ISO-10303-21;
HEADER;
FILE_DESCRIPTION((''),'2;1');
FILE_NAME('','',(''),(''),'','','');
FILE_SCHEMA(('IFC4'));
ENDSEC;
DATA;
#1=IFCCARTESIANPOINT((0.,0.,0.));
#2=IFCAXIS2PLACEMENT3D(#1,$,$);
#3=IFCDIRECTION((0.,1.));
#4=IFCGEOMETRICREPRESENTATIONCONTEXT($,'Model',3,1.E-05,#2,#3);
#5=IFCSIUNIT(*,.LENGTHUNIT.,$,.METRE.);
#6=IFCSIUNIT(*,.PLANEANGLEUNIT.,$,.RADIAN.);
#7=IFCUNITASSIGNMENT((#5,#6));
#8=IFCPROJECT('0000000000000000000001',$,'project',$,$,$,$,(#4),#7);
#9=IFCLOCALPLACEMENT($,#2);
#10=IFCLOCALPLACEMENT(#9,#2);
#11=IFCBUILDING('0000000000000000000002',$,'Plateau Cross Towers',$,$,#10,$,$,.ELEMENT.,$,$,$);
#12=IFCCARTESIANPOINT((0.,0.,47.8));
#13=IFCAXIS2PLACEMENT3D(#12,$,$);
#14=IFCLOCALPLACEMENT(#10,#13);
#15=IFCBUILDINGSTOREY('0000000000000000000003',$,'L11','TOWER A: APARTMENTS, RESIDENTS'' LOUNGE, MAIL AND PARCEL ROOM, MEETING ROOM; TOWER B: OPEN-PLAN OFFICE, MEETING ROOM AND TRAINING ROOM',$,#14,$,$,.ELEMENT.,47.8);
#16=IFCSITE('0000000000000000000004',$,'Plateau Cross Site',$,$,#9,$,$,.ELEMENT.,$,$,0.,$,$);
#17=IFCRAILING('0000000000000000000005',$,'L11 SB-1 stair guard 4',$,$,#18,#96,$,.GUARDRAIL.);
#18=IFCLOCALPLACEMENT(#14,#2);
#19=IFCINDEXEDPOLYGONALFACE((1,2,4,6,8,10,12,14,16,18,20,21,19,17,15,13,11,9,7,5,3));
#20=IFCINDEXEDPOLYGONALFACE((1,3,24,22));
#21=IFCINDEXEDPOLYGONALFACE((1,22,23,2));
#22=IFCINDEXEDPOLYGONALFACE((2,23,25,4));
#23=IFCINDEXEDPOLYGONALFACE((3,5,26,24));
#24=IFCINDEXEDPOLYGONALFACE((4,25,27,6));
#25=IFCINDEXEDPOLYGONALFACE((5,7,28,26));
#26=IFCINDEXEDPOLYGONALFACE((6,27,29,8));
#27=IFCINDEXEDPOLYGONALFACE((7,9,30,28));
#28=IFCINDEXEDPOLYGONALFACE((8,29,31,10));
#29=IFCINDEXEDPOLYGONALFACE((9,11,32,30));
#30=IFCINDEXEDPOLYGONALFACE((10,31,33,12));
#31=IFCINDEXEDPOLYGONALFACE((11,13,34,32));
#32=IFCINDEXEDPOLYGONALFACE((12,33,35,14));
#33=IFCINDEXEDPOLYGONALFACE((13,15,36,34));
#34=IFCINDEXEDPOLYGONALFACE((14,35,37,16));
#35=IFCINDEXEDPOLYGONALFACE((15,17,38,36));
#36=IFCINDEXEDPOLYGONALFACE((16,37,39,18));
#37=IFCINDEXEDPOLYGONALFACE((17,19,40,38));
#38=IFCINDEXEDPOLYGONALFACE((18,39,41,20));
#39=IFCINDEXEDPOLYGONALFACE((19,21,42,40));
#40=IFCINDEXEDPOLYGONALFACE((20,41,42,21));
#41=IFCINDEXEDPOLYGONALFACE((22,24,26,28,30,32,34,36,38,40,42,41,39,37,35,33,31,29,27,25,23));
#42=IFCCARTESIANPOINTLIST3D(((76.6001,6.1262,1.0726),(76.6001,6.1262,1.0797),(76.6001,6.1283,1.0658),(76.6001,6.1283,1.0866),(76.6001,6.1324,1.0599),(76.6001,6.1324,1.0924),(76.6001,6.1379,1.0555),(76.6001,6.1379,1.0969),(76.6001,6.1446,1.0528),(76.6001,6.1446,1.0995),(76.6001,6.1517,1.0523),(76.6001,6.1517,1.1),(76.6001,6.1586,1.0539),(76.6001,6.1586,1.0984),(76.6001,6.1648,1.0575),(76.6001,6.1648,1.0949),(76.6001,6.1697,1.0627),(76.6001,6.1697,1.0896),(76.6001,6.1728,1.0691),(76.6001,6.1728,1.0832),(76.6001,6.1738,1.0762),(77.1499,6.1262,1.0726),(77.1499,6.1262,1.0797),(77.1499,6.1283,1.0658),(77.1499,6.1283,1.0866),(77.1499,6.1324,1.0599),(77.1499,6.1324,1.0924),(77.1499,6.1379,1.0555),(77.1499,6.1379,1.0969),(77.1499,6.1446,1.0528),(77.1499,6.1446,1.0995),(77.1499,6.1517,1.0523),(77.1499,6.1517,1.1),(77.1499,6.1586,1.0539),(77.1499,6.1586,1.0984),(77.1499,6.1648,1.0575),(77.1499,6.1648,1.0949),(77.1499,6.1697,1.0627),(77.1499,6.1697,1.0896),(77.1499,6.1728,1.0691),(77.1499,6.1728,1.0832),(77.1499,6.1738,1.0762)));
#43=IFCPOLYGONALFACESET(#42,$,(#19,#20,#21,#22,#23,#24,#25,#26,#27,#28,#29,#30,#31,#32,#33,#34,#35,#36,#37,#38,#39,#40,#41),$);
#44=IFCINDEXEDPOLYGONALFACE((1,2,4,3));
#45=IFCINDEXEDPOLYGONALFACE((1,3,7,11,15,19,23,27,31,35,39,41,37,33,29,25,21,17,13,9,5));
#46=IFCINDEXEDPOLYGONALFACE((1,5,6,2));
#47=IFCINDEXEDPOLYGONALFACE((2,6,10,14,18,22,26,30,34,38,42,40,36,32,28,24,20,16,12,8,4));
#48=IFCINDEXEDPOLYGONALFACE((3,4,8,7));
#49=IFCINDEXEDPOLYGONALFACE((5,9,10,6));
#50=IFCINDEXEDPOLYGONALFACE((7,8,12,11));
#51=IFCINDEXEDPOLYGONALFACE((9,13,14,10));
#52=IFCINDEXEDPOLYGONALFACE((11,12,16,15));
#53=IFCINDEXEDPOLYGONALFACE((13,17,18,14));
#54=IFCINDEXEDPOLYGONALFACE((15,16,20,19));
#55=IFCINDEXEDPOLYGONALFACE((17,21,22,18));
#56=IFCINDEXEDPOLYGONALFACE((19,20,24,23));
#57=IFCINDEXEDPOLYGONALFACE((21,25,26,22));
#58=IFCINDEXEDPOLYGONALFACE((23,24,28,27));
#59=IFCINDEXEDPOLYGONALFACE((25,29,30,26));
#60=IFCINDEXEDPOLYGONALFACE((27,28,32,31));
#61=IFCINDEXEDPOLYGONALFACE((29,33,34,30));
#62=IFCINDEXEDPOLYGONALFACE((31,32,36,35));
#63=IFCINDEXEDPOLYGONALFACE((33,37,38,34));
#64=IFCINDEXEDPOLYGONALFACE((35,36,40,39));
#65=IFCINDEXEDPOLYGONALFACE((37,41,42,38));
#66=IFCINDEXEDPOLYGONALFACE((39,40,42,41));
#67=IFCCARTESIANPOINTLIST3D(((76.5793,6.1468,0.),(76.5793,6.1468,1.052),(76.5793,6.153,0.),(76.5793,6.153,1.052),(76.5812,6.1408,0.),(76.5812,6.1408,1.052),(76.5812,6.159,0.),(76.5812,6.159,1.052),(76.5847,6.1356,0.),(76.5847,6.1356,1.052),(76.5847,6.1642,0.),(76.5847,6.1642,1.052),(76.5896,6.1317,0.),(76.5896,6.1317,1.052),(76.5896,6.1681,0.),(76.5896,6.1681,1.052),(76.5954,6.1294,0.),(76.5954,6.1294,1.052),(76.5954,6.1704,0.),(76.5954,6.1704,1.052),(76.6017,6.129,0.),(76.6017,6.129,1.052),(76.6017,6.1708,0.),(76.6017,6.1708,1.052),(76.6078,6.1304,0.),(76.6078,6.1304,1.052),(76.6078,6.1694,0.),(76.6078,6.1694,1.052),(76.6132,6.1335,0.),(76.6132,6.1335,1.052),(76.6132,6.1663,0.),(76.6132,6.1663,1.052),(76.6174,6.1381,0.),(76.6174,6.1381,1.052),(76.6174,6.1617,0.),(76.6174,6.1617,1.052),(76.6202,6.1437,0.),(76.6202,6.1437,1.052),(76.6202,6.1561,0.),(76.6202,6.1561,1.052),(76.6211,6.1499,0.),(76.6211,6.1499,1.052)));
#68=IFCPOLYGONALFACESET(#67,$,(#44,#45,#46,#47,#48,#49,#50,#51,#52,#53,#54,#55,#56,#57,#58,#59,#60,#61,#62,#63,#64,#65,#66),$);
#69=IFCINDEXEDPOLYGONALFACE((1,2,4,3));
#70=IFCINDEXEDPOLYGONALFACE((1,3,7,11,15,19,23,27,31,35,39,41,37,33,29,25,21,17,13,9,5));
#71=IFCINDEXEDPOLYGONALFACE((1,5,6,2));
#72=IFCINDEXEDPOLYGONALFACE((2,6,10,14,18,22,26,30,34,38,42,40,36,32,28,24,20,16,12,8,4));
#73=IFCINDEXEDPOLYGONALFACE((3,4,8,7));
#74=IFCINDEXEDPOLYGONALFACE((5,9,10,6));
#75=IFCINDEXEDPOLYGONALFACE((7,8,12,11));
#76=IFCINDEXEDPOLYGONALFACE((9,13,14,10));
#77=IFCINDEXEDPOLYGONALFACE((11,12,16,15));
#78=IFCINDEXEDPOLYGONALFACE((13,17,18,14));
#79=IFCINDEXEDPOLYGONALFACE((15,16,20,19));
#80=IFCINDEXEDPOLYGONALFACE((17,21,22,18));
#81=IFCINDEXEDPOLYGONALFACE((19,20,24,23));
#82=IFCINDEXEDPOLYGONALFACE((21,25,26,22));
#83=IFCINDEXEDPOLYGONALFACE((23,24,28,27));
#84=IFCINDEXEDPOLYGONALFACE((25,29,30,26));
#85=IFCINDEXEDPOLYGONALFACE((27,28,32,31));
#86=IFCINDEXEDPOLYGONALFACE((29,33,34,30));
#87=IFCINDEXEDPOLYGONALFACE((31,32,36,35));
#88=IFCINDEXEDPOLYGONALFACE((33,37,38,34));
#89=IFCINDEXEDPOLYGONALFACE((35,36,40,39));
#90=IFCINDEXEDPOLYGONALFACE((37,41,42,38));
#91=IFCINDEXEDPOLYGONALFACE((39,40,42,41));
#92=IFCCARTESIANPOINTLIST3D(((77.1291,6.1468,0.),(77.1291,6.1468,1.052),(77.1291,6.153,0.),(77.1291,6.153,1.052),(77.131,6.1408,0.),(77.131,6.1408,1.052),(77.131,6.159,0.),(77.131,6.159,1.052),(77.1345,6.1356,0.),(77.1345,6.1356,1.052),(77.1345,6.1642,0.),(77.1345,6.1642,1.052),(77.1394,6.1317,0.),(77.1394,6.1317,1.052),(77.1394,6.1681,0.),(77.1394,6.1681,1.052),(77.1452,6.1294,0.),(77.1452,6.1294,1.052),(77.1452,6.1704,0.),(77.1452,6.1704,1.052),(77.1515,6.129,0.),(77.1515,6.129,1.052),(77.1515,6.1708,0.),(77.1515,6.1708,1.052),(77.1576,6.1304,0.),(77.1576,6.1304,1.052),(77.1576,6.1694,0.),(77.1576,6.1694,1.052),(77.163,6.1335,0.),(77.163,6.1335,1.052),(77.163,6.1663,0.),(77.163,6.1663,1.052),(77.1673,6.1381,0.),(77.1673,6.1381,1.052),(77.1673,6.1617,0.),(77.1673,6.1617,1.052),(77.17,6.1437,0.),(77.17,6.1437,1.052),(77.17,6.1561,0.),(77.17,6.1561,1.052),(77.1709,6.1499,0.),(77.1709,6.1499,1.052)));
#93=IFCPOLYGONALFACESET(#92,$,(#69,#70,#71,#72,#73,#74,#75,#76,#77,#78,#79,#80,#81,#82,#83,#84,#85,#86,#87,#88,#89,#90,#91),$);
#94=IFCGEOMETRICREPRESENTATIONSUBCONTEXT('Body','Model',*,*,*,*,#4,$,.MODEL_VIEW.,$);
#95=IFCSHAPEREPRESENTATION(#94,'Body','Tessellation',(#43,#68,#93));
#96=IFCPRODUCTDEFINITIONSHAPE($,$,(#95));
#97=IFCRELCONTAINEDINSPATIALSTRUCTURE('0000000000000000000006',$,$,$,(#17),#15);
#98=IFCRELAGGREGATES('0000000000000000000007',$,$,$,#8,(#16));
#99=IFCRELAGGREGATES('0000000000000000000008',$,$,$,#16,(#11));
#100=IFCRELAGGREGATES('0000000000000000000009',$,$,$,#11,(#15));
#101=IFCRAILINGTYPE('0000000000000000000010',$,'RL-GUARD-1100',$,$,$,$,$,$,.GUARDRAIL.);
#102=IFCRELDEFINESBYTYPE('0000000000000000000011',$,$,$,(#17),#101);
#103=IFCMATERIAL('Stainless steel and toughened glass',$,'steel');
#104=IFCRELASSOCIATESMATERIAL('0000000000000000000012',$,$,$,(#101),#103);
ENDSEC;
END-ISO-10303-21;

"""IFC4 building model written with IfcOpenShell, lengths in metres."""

from ifc_helpers import new_model, si_unit, direction, frame, origin, origin_2d, place, context, subcontext, project, spatial, circle, extrude, material, type_object, element, save


model = new_model("IFC4")

# Units and contexts
model_context = context("Model", 3, precision=1e-05, world=origin(), true_north=direction((0.0, 1.0)))
body_context = subcontext(model_context, "Body", "Model", "MODEL_VIEW")
ifc_project = project(units=[si_unit("LENGTHUNIT", "METRE"), si_unit("PLANEANGLEUNIT", "RADIAN")], contexts=[model_context])

# Site, building, storey
site_placement = place(None, origin())
site = spatial("IfcSite", under=ifc_project, at=site_placement, Name="Plateau Cross Site", CompositionType="ELEMENT", RefElevation=0.0)
building_placement = place(site_placement, origin())
building = spatial("IfcBuilding", under=site, at=building_placement, Name="Plateau Cross Towers", CompositionType="ELEMENT")
storey_placement = place(building_placement, frame((0.0, 0.0, 47.8)))
storey = spatial("IfcBuildingStorey", under=building, at=storey_placement, Name="L11", Description="TOWER A: APARTMENTS, RESIDENTS' LOUNGE, MAIL AND PARCEL ROOM, MEETING ROOM; TOWER B: OPEN-PLAN OFFICE, MEETING ROOM AND TRAINING ROOM", CompositionType="ELEMENT", Elevation=47.8)

# Railing
ifc_material_1 = material(Name="Stainless steel and toughened glass", Category="steel")
railing_type_1 = type_object("IfcRailingType", Name="RL-GUARD-1100", PredefinedType="GUARDRAIL", material=ifc_material_1)
railing_1_placement = place(storey_placement, frame((76.6001, 6.1499, 0.0)))
element("IfcRailing", 1, at=railing_1_placement, inside=storey, type_object=railing_type_1, Name="L11 SB-1 stair guard 4", PredefinedType="GUARDRAIL", context=body_context, shape_type="SweptSolid", body=[
    extrude(circle(Radius=0.0239, at=origin_2d()), frame((0.0, 0.0, 1.0762), z_axis=(1.0, 0.0, 0.0), x_axis=(0.0, 1.0, 0.0)), (0.0, 0.0, 1.0), 0.5498),
    extrude(circle(Radius=0.021, at=origin_2d()), origin(), (0.0, 0.0, 1.0), 1.052),
    extrude(circle(Radius=0.021, at=origin_2d()), frame((0.5498, 0.0, 0.0)), (0.0, 0.0, 1.0), 1.052),
])

save(model, "model.ifc")
